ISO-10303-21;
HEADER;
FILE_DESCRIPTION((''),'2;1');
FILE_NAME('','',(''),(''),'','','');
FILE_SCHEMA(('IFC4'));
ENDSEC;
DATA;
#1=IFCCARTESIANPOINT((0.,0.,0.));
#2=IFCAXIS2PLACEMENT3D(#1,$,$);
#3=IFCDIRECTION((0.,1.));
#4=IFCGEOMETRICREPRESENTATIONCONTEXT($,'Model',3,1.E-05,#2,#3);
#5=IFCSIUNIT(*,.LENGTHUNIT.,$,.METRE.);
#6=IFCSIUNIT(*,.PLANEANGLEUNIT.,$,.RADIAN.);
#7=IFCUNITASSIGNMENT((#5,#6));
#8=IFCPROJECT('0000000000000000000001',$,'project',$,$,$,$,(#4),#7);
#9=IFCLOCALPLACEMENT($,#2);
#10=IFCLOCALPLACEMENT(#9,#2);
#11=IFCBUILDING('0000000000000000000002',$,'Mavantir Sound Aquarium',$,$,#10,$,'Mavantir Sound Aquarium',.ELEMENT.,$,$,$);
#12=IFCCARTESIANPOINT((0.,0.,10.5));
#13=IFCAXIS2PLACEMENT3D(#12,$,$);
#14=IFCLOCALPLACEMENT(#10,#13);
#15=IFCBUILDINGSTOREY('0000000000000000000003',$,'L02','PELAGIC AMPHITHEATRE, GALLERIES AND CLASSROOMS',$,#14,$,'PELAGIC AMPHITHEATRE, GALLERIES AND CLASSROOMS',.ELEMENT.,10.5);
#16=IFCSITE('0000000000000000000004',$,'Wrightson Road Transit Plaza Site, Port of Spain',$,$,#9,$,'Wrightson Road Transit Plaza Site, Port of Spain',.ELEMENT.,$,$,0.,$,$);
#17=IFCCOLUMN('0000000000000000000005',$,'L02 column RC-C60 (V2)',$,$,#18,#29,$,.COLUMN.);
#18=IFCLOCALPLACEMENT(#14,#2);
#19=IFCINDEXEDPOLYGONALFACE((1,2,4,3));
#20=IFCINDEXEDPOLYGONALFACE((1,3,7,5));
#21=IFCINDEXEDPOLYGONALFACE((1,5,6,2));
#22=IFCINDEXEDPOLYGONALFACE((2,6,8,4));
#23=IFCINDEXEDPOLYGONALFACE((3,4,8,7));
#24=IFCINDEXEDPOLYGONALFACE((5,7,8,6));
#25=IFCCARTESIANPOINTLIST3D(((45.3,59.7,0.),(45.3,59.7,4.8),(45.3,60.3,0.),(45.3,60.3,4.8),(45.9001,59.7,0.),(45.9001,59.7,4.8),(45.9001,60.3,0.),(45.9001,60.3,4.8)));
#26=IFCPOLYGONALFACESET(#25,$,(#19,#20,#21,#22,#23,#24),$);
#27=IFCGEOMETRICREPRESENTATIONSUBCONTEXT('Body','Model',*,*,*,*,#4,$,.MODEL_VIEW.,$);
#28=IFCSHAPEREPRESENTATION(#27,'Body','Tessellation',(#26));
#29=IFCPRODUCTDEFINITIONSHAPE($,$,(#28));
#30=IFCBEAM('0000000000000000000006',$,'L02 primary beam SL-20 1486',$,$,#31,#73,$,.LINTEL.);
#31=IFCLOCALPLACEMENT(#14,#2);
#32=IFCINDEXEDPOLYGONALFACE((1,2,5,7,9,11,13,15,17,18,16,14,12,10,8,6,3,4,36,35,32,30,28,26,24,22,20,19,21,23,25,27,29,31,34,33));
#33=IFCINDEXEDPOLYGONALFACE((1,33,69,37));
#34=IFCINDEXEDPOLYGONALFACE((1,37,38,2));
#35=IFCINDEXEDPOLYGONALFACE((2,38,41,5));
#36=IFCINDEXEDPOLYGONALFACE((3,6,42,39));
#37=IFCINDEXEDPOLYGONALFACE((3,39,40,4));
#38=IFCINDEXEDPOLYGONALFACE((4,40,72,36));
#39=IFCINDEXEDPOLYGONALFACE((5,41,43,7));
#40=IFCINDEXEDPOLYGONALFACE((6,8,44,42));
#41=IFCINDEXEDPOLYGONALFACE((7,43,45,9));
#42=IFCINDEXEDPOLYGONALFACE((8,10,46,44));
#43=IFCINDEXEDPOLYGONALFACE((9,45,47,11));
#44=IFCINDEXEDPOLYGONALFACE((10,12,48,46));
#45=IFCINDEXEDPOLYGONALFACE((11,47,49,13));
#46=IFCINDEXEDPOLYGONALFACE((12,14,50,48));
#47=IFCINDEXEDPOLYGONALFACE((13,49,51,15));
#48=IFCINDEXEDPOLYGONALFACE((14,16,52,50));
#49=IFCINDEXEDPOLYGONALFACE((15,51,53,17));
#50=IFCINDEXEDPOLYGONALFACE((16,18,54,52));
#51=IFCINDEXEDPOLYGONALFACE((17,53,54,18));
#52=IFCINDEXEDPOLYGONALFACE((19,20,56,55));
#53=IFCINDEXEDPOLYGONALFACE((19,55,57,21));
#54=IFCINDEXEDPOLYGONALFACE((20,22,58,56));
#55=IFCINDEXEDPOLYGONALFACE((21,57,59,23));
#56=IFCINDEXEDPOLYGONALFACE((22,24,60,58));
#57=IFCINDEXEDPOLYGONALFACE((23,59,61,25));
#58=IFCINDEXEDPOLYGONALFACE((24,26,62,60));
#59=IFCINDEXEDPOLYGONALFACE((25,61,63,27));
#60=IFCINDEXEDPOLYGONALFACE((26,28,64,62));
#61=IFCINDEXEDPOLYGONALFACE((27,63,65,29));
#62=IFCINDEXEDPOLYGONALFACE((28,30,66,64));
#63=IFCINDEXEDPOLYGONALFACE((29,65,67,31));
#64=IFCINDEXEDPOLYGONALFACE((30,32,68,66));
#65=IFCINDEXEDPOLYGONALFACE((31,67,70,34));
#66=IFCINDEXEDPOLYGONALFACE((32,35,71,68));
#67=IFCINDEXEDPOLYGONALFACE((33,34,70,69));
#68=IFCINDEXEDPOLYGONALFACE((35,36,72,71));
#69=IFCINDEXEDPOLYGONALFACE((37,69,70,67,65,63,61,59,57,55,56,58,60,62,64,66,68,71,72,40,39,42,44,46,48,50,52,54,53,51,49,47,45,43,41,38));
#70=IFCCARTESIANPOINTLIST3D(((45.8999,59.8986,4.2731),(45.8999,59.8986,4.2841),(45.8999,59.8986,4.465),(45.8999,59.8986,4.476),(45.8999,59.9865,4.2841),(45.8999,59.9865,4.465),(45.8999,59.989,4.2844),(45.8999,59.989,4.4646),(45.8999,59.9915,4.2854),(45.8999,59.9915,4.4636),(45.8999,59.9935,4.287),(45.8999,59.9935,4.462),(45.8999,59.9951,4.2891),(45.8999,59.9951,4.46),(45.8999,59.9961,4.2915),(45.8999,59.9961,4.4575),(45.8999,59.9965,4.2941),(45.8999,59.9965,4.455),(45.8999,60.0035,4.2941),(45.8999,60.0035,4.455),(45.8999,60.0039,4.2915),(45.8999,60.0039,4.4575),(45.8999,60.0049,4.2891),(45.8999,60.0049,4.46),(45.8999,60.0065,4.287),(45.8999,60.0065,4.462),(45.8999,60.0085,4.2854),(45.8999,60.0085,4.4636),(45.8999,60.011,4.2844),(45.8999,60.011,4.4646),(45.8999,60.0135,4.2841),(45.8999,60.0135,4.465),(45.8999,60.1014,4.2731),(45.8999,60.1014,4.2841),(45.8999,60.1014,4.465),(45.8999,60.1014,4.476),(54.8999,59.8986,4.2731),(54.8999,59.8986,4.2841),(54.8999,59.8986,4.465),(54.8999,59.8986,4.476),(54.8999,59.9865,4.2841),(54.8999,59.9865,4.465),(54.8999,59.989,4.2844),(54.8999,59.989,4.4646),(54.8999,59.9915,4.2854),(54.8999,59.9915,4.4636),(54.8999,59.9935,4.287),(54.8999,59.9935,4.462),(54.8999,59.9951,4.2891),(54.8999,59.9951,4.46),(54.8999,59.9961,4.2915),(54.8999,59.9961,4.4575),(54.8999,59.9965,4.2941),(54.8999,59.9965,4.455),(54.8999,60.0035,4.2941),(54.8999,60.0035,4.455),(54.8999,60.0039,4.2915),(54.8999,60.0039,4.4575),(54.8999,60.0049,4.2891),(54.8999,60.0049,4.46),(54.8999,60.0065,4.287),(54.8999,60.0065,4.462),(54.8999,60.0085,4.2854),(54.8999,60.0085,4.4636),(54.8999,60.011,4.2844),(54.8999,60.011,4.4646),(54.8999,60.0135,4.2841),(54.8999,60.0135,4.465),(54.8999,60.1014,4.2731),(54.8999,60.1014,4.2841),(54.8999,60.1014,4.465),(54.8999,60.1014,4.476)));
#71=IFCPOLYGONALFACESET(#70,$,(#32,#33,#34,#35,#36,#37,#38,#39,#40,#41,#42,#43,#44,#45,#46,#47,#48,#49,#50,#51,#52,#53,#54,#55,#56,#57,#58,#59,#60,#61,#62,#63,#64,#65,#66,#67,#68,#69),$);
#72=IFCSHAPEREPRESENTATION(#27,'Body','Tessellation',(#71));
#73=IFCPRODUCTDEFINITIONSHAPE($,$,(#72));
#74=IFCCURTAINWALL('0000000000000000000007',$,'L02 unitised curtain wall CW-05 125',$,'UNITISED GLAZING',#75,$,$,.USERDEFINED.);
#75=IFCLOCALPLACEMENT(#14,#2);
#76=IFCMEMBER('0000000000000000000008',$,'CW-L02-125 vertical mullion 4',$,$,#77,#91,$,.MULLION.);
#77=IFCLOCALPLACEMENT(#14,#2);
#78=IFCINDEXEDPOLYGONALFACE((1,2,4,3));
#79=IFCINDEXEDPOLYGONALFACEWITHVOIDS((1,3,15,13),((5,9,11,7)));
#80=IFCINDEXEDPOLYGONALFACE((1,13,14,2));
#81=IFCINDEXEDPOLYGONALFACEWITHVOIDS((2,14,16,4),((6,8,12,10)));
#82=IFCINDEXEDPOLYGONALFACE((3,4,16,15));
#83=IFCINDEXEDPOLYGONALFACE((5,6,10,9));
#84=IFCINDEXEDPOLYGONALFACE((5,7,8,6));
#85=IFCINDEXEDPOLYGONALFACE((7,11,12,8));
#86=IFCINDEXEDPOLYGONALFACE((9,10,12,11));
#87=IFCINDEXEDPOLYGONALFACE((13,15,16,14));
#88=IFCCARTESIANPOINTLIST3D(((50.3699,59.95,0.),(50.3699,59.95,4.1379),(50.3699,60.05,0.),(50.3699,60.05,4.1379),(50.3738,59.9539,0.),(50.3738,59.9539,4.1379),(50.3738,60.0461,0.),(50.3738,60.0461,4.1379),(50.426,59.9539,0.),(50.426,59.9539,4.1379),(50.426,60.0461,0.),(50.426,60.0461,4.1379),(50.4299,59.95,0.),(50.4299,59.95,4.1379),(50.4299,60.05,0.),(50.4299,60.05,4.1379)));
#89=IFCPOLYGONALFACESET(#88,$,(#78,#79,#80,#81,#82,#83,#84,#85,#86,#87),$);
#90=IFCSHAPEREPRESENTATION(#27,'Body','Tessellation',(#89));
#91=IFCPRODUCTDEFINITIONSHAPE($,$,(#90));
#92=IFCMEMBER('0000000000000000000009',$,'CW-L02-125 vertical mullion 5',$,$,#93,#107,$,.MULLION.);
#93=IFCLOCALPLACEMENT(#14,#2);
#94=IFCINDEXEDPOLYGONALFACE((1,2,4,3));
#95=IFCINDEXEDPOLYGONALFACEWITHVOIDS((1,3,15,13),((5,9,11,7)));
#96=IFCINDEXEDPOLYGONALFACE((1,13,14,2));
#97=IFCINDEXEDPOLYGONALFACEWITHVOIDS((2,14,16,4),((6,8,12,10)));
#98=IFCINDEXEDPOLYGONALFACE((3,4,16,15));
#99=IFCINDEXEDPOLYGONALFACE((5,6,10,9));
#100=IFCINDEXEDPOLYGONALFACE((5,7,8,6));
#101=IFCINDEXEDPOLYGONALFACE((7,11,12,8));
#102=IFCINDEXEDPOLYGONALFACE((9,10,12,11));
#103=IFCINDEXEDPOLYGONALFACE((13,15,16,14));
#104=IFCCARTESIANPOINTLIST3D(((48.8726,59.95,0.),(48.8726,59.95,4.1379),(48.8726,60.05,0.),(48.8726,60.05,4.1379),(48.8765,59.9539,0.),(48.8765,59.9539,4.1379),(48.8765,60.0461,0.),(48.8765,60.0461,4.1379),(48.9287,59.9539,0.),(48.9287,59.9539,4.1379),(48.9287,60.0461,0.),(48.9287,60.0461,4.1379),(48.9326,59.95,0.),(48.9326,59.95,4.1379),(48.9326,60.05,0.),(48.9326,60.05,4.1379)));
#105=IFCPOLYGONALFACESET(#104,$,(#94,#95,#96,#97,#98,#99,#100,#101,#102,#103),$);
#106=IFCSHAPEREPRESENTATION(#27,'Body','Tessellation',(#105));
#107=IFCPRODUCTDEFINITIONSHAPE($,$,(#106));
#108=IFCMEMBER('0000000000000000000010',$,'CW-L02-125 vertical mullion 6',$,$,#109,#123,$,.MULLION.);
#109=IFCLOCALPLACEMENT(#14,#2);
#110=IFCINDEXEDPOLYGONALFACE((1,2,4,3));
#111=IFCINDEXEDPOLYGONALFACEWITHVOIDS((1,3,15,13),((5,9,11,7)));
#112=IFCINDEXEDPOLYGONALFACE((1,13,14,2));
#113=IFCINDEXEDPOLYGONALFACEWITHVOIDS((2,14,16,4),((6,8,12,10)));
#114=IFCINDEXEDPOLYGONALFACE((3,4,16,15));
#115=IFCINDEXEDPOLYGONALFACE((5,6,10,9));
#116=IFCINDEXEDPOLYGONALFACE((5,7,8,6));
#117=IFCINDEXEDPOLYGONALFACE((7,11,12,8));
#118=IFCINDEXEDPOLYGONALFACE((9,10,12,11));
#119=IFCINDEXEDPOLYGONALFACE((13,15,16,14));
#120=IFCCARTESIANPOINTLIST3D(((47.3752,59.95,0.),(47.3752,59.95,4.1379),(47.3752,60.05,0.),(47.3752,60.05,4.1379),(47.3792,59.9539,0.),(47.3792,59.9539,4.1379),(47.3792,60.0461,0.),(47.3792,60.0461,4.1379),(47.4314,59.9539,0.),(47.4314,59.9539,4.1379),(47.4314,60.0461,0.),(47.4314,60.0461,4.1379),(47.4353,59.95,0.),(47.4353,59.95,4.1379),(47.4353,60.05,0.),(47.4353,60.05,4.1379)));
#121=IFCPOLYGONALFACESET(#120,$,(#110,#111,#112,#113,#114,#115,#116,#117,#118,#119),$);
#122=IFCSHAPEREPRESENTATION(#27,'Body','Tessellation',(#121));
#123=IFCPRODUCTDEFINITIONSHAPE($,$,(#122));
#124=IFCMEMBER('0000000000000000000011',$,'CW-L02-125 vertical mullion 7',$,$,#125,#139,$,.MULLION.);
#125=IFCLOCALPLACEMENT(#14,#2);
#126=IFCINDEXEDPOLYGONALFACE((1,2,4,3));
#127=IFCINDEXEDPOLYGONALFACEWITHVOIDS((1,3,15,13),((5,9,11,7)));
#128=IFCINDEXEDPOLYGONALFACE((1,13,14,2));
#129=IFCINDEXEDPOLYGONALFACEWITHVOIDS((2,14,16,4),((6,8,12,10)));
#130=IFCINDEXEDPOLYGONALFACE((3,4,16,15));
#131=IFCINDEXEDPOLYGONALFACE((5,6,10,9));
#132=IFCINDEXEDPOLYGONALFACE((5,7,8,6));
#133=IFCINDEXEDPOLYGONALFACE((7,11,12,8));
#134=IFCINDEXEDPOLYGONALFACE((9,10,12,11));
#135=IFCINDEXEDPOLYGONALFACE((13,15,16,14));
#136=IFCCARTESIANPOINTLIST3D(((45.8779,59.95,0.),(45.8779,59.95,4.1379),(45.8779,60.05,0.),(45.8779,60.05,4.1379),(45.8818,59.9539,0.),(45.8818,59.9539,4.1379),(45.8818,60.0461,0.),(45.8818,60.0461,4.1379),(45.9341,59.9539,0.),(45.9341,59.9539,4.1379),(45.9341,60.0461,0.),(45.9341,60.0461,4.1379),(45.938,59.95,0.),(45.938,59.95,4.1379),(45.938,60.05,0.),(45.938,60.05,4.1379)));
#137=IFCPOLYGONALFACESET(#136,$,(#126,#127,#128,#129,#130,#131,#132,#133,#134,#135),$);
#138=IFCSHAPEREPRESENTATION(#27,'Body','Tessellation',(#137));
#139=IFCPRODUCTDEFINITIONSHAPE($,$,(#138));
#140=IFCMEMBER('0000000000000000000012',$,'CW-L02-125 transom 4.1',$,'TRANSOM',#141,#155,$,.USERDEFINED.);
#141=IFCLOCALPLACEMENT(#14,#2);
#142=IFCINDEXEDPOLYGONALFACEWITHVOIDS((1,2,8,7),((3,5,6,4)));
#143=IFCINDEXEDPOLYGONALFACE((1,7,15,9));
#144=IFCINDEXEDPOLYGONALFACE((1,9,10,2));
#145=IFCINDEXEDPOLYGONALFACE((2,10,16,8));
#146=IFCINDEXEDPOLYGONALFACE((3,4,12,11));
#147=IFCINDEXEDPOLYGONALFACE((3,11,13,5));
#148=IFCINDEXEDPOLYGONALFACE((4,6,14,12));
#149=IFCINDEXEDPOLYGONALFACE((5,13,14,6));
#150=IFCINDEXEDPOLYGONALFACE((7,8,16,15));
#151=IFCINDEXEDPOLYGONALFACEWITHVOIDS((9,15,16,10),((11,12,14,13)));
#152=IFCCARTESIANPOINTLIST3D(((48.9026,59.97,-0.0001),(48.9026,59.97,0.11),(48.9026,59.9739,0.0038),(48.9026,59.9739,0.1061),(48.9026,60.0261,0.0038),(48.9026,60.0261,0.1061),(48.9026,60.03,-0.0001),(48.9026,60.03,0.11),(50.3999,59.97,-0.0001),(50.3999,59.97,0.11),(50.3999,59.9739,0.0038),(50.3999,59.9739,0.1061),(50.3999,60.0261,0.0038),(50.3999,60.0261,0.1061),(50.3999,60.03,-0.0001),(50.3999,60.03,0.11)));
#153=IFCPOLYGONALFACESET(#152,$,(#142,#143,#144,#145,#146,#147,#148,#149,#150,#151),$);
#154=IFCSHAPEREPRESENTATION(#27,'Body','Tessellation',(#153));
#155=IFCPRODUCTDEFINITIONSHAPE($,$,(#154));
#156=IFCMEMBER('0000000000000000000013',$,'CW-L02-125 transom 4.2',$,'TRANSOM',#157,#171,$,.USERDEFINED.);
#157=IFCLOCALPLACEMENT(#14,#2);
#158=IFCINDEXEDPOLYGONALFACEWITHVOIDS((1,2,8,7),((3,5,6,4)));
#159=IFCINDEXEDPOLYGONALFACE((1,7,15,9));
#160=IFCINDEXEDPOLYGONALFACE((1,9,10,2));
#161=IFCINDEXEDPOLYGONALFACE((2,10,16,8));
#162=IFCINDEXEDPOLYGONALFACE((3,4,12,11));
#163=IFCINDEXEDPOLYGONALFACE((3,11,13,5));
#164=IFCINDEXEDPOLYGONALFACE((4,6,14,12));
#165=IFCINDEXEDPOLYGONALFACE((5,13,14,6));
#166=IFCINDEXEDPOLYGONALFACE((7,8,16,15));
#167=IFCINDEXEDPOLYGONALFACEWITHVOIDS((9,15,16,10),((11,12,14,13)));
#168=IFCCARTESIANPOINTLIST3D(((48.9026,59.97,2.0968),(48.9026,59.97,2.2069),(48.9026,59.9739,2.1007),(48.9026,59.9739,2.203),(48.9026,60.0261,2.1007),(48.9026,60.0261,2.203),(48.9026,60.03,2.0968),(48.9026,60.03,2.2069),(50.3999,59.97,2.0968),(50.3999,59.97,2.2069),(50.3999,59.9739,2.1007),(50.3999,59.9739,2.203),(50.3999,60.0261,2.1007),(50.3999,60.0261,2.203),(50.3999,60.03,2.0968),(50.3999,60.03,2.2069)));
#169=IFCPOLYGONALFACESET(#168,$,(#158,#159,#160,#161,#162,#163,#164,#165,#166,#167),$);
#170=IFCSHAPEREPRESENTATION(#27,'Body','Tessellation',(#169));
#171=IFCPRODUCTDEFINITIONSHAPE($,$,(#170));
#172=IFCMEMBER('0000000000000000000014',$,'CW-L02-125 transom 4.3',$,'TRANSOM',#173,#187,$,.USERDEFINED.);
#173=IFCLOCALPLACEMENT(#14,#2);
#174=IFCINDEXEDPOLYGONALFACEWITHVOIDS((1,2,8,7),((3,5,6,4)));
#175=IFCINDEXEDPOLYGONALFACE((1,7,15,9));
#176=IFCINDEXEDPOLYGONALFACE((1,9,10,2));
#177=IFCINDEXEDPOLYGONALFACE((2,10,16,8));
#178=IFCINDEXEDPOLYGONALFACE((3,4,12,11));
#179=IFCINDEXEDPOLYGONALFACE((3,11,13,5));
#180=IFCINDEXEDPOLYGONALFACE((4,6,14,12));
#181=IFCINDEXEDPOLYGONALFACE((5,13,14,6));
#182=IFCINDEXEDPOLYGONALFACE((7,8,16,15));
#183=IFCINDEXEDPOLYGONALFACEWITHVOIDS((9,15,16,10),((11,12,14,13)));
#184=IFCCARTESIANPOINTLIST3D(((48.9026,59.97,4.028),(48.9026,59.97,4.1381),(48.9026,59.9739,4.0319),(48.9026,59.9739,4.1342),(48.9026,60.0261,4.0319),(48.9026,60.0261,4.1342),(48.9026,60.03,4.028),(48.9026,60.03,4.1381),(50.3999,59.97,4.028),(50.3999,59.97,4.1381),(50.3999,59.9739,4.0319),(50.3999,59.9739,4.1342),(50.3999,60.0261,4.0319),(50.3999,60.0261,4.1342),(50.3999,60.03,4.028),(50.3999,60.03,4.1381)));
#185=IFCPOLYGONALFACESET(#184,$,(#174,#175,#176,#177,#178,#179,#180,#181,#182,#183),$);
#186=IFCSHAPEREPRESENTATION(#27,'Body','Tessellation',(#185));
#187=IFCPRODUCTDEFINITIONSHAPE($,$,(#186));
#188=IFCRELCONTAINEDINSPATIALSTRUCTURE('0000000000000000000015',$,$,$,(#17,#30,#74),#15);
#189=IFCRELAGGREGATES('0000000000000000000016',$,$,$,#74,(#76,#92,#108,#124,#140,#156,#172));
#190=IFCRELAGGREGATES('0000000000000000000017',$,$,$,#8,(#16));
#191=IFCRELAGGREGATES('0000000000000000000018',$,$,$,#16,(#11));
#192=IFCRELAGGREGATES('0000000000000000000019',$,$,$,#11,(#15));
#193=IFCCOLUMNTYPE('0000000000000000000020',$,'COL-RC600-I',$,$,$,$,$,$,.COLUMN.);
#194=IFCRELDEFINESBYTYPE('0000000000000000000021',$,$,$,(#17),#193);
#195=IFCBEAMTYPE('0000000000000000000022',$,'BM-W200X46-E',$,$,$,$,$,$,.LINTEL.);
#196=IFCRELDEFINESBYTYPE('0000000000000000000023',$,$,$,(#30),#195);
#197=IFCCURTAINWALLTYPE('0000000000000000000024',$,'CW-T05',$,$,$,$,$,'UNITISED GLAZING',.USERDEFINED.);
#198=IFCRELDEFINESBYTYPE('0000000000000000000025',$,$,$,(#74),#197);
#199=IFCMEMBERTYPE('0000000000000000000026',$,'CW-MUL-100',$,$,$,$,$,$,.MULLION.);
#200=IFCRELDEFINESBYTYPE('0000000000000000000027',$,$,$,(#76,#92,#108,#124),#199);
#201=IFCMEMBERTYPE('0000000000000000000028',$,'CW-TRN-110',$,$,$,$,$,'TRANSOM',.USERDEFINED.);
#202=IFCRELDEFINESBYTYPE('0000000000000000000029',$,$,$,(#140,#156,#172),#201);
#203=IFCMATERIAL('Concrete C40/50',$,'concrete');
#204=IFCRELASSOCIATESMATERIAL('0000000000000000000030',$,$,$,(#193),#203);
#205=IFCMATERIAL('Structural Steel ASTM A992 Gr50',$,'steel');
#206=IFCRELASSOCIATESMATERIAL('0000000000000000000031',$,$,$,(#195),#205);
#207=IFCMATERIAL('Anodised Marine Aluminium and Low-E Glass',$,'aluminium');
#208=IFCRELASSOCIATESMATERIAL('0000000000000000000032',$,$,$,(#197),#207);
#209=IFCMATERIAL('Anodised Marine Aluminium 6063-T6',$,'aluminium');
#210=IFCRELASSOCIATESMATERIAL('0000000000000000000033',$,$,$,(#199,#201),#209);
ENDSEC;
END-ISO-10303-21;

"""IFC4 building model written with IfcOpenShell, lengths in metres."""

from ifc_helpers import new_model, si_unit, direction, frame, origin, origin_2d, place, context, subcontext, project, spatial, rectangle, hollow_rectangle, i_section, extrude, material, material_profile, profile_set, type_object, element, aggregate, save


model = new_model("IFC4")

# Units and contexts
model_context = context("Model", 3, precision=1e-05, world=origin(), true_north=direction((0.0, 1.0)))
body_context = subcontext(model_context, "Body", "Model", "MODEL_VIEW")
ifc_project = project(units=[si_unit("LENGTHUNIT", "METRE"), si_unit("PLANEANGLEUNIT", "RADIAN")], contexts=[model_context])

# Site, building, storey
site_placement = place(None, origin())
site = spatial("IfcSite", under=ifc_project, at=site_placement, Name="Wrightson Road Transit Plaza Site, Port of Spain", LongName="Wrightson Road Transit Plaza Site, Port of Spain", CompositionType="ELEMENT", RefElevation=0.0)
building_placement = place(site_placement, origin())
building = spatial("IfcBuilding", under=site, at=building_placement, Name="Mavantir Sound Aquarium", LongName="Mavantir Sound Aquarium", CompositionType="ELEMENT")
storey_placement = place(building_placement, frame((0.0, 0.0, 10.5)))
storey = spatial("IfcBuildingStorey", under=building, at=storey_placement, Name="L02", Description="PELAGIC AMPHITHEATRE, GALLERIES AND CLASSROOMS", LongName="PELAGIC AMPHITHEATRE, GALLERIES AND CLASSROOMS", CompositionType="ELEMENT", Elevation=10.5)

# Column
ifc_material_1 = material(Name="Concrete C40/50", Category="concrete")
ifc_material_profile_1 = material_profile(ifc_material_1, rectangle(XDim=0.6001, YDim=0.6001, at=origin_2d()), Name="RC 600X600")
ifc_profile_set_1 = profile_set([ifc_material_profile_1], Name="Concrete C40/50")
column_type = type_object("IfcColumnType", Name="COL-RC600-I", PredefinedType="COLUMN", material=ifc_profile_set_1)
column_placement = place(storey_placement, frame((45.6001, 60.0, 0.0), z_axis=(0.0, 0.0, 1.0), x_axis=(1.0, 0.0, 0.0)))
element("IfcColumn", 1, at=column_placement, inside=storey, type_object=column_type, Name="L02 column RC-C60 (V2)", PredefinedType="COLUMN", context=body_context, shape_type="SweptSolid", body=[
    extrude(rectangle(XDim=0.6001, YDim=0.6001, at=origin_2d()), origin(), (0.0, 0.0, 1.0), 4.8),
])

# Beam
ifc_material_2 = material(Name="Structural Steel ASTM A992 Gr50", Category="steel")
ifc_material_profile_2 = material_profile(ifc_material_2, i_section(OverallWidth=0.2029, OverallDepth=0.2029, WebThickness=0.0071, FlangeThickness=0.011, FilletRadius=0.01, at=origin_2d()), Name="W200X46")
ifc_profile_set_2 = profile_set([ifc_material_profile_2], Name="Structural Steel ASTM A992 Gr50")
beam_type = type_object("IfcBeamType", Name="BM-W200X46-E", PredefinedType="LINTEL", material=ifc_profile_set_2)
beam_placement = place(storey_placement, frame((45.8999, 60.0, 4.3745), z_axis=(1.0, 0.0, 0.0), x_axis=(0.0, 1.0, 0.0)))
element("IfcBeam", 2, at=beam_placement, inside=storey, type_object=beam_type, Name="L02 primary beam SL-20 1486", PredefinedType="LINTEL", context=body_context, shape_type="SweptSolid", body=[
    extrude(i_section(OverallWidth=0.2029, OverallDepth=0.2029, WebThickness=0.0071, FlangeThickness=0.011, FilletRadius=0.01, at=origin_2d()), origin(), (0.0, 0.0, 1.0), 9.0),
])

# Curtain wall, members
ifc_material_3 = material(Name="Anodised Marine Aluminium and Low-E Glass", Category="aluminium")
curtain_wall_type = type_object("IfcCurtainWallType", Name="CW-T05", ElementType="UNITISED GLAZING", PredefinedType="USERDEFINED", material=ifc_material_3)
curtain_wall_placement = place(storey_placement, origin())
curtain_wall = element("IfcCurtainWall", 3, at=curtain_wall_placement, inside=storey, type_object=curtain_wall_type, Name="L02 unitised curtain wall CW-05 125", ObjectType="UNITISED GLAZING", PredefinedType="USERDEFINED")
ifc_material_4 = material(Name="Anodised Marine Aluminium 6063-T6", Category="aluminium")
ifc_material_profile_3 = material_profile(ifc_material_4, hollow_rectangle(XDim=0.0601, YDim=0.1001, WallThickness=0.0039, at=origin_2d()), Name="ALU-MULLION-100X60")
ifc_profile_set_3 = profile_set([ifc_material_profile_3], Name="Anodised Marine Aluminium 6063-T6")
member_type_1 = type_object("IfcMemberType", Name="CW-MUL-100", PredefinedType="MULLION", material=ifc_profile_set_3)
member_1_placement = place(storey_placement, frame((50.3999, 60.0, 0.0), z_axis=(0.0, 0.0, 1.0), x_axis=(1.0, 0.0, 0.0)))
member_1 = element("IfcMember", 4, at=member_1_placement, type_object=member_type_1, Name="CW-L02-125 vertical mullion 4", PredefinedType="MULLION", context=body_context, shape_type="SweptSolid", body=[
    extrude(hollow_rectangle(XDim=0.0601, YDim=0.1001, WallThickness=0.0039, at=origin_2d()), origin(), (0.0, 0.0, 1.0), 4.1379),
])
member_2_placement = place(storey_placement, frame((48.9026, 60.0, 0.0), z_axis=(0.0, 0.0, 1.0), x_axis=(1.0, 0.0, 0.0)))
member_2 = element("IfcMember", 5, at=member_2_placement, type_object=member_type_1, Name="CW-L02-125 vertical mullion 5", PredefinedType="MULLION", context=body_context, shape_type="SweptSolid", body=[
    extrude(hollow_rectangle(XDim=0.0601, YDim=0.1001, WallThickness=0.0039, at=origin_2d()), origin(), (0.0, 0.0, 1.0), 4.1379),
])
member_3_placement = place(storey_placement, frame((47.4053, 60.0, 0.0), z_axis=(0.0, 0.0, 1.0), x_axis=(1.0, 0.0, 0.0)))
member_3 = element("IfcMember", 6, at=member_3_placement, type_object=member_type_1, Name="CW-L02-125 vertical mullion 6", PredefinedType="MULLION", context=body_context, shape_type="SweptSolid", body=[
    extrude(hollow_rectangle(XDim=0.0601, YDim=0.1001, WallThickness=0.0039, at=origin_2d()), origin(), (0.0, 0.0, 1.0), 4.1379),
])
member_4_placement = place(storey_placement, frame((45.908, 60.0, 0.0), z_axis=(0.0, 0.0, 1.0), x_axis=(1.0, 0.0, 0.0)))
member_4 = element("IfcMember", 7, at=member_4_placement, type_object=member_type_1, Name="CW-L02-125 vertical mullion 7", PredefinedType="MULLION", context=body_context, shape_type="SweptSolid", body=[
    extrude(hollow_rectangle(XDim=0.0601, YDim=0.1001, WallThickness=0.0039, at=origin_2d()), origin(), (0.0, 0.0, 1.0), 4.1379),
])
ifc_material_profile_4 = material_profile(ifc_material_4, hollow_rectangle(XDim=0.0601, YDim=0.1101, WallThickness=0.0039, at=origin_2d()), Name="ALU-TRANSOM-110X60")
ifc_profile_set_4 = profile_set([ifc_material_profile_4], Name="Anodised Marine Aluminium 6063-T6")
member_type_2 = type_object("IfcMemberType", Name="CW-TRN-110", ElementType="TRANSOM", PredefinedType="USERDEFINED", material=ifc_profile_set_4)
member_5_placement = place(storey_placement, frame((50.3999, 60.0, 0.0549), z_axis=(-1.0, 0.0, 0.0), x_axis=(0.0, -1.0, 0.0)))
member_5 = element("IfcMember", 8, at=member_5_placement, type_object=member_type_2, Name="CW-L02-125 transom 4.1", ObjectType="TRANSOM", PredefinedType="USERDEFINED", context=body_context, shape_type="SweptSolid", body=[
    extrude(hollow_rectangle(XDim=0.0601, YDim=0.1101, WallThickness=0.0039, at=origin_2d()), origin(), (0.0, 0.0, 1.0), 1.4973),
])
member_6_placement = place(storey_placement, frame((50.3999, 60.0, 2.1519), z_axis=(-1.0, 0.0, 0.0), x_axis=(0.0, -1.0, 0.0)))
member_6 = element("IfcMember", 9, at=member_6_placement, type_object=member_type_2, Name="CW-L02-125 transom 4.2", ObjectType="TRANSOM", PredefinedType="USERDEFINED", context=body_context, shape_type="SweptSolid", body=[
    extrude(hollow_rectangle(XDim=0.0601, YDim=0.1101, WallThickness=0.0039, at=origin_2d()), origin(), (0.0, 0.0, 1.0), 1.4973),
])
member_7_placement = place(storey_placement, frame((50.3999, 60.0, 4.083), z_axis=(-1.0, 0.0, 0.0), x_axis=(0.0, -1.0, 0.0)))
member_7 = element("IfcMember", 10, at=member_7_placement, type_object=member_type_2, Name="CW-L02-125 transom 4.3", ObjectType="TRANSOM", PredefinedType="USERDEFINED", context=body_context, shape_type="SweptSolid", body=[
    extrude(hollow_rectangle(XDim=0.0601, YDim=0.1101, WallThickness=0.0039, at=origin_2d()), origin(), (0.0, 0.0, 1.0), 1.4973),
])
aggregate(curtain_wall, [member_1, member_2, member_3, member_4, member_5, member_6, member_7])

save(model, "model.ifc")
